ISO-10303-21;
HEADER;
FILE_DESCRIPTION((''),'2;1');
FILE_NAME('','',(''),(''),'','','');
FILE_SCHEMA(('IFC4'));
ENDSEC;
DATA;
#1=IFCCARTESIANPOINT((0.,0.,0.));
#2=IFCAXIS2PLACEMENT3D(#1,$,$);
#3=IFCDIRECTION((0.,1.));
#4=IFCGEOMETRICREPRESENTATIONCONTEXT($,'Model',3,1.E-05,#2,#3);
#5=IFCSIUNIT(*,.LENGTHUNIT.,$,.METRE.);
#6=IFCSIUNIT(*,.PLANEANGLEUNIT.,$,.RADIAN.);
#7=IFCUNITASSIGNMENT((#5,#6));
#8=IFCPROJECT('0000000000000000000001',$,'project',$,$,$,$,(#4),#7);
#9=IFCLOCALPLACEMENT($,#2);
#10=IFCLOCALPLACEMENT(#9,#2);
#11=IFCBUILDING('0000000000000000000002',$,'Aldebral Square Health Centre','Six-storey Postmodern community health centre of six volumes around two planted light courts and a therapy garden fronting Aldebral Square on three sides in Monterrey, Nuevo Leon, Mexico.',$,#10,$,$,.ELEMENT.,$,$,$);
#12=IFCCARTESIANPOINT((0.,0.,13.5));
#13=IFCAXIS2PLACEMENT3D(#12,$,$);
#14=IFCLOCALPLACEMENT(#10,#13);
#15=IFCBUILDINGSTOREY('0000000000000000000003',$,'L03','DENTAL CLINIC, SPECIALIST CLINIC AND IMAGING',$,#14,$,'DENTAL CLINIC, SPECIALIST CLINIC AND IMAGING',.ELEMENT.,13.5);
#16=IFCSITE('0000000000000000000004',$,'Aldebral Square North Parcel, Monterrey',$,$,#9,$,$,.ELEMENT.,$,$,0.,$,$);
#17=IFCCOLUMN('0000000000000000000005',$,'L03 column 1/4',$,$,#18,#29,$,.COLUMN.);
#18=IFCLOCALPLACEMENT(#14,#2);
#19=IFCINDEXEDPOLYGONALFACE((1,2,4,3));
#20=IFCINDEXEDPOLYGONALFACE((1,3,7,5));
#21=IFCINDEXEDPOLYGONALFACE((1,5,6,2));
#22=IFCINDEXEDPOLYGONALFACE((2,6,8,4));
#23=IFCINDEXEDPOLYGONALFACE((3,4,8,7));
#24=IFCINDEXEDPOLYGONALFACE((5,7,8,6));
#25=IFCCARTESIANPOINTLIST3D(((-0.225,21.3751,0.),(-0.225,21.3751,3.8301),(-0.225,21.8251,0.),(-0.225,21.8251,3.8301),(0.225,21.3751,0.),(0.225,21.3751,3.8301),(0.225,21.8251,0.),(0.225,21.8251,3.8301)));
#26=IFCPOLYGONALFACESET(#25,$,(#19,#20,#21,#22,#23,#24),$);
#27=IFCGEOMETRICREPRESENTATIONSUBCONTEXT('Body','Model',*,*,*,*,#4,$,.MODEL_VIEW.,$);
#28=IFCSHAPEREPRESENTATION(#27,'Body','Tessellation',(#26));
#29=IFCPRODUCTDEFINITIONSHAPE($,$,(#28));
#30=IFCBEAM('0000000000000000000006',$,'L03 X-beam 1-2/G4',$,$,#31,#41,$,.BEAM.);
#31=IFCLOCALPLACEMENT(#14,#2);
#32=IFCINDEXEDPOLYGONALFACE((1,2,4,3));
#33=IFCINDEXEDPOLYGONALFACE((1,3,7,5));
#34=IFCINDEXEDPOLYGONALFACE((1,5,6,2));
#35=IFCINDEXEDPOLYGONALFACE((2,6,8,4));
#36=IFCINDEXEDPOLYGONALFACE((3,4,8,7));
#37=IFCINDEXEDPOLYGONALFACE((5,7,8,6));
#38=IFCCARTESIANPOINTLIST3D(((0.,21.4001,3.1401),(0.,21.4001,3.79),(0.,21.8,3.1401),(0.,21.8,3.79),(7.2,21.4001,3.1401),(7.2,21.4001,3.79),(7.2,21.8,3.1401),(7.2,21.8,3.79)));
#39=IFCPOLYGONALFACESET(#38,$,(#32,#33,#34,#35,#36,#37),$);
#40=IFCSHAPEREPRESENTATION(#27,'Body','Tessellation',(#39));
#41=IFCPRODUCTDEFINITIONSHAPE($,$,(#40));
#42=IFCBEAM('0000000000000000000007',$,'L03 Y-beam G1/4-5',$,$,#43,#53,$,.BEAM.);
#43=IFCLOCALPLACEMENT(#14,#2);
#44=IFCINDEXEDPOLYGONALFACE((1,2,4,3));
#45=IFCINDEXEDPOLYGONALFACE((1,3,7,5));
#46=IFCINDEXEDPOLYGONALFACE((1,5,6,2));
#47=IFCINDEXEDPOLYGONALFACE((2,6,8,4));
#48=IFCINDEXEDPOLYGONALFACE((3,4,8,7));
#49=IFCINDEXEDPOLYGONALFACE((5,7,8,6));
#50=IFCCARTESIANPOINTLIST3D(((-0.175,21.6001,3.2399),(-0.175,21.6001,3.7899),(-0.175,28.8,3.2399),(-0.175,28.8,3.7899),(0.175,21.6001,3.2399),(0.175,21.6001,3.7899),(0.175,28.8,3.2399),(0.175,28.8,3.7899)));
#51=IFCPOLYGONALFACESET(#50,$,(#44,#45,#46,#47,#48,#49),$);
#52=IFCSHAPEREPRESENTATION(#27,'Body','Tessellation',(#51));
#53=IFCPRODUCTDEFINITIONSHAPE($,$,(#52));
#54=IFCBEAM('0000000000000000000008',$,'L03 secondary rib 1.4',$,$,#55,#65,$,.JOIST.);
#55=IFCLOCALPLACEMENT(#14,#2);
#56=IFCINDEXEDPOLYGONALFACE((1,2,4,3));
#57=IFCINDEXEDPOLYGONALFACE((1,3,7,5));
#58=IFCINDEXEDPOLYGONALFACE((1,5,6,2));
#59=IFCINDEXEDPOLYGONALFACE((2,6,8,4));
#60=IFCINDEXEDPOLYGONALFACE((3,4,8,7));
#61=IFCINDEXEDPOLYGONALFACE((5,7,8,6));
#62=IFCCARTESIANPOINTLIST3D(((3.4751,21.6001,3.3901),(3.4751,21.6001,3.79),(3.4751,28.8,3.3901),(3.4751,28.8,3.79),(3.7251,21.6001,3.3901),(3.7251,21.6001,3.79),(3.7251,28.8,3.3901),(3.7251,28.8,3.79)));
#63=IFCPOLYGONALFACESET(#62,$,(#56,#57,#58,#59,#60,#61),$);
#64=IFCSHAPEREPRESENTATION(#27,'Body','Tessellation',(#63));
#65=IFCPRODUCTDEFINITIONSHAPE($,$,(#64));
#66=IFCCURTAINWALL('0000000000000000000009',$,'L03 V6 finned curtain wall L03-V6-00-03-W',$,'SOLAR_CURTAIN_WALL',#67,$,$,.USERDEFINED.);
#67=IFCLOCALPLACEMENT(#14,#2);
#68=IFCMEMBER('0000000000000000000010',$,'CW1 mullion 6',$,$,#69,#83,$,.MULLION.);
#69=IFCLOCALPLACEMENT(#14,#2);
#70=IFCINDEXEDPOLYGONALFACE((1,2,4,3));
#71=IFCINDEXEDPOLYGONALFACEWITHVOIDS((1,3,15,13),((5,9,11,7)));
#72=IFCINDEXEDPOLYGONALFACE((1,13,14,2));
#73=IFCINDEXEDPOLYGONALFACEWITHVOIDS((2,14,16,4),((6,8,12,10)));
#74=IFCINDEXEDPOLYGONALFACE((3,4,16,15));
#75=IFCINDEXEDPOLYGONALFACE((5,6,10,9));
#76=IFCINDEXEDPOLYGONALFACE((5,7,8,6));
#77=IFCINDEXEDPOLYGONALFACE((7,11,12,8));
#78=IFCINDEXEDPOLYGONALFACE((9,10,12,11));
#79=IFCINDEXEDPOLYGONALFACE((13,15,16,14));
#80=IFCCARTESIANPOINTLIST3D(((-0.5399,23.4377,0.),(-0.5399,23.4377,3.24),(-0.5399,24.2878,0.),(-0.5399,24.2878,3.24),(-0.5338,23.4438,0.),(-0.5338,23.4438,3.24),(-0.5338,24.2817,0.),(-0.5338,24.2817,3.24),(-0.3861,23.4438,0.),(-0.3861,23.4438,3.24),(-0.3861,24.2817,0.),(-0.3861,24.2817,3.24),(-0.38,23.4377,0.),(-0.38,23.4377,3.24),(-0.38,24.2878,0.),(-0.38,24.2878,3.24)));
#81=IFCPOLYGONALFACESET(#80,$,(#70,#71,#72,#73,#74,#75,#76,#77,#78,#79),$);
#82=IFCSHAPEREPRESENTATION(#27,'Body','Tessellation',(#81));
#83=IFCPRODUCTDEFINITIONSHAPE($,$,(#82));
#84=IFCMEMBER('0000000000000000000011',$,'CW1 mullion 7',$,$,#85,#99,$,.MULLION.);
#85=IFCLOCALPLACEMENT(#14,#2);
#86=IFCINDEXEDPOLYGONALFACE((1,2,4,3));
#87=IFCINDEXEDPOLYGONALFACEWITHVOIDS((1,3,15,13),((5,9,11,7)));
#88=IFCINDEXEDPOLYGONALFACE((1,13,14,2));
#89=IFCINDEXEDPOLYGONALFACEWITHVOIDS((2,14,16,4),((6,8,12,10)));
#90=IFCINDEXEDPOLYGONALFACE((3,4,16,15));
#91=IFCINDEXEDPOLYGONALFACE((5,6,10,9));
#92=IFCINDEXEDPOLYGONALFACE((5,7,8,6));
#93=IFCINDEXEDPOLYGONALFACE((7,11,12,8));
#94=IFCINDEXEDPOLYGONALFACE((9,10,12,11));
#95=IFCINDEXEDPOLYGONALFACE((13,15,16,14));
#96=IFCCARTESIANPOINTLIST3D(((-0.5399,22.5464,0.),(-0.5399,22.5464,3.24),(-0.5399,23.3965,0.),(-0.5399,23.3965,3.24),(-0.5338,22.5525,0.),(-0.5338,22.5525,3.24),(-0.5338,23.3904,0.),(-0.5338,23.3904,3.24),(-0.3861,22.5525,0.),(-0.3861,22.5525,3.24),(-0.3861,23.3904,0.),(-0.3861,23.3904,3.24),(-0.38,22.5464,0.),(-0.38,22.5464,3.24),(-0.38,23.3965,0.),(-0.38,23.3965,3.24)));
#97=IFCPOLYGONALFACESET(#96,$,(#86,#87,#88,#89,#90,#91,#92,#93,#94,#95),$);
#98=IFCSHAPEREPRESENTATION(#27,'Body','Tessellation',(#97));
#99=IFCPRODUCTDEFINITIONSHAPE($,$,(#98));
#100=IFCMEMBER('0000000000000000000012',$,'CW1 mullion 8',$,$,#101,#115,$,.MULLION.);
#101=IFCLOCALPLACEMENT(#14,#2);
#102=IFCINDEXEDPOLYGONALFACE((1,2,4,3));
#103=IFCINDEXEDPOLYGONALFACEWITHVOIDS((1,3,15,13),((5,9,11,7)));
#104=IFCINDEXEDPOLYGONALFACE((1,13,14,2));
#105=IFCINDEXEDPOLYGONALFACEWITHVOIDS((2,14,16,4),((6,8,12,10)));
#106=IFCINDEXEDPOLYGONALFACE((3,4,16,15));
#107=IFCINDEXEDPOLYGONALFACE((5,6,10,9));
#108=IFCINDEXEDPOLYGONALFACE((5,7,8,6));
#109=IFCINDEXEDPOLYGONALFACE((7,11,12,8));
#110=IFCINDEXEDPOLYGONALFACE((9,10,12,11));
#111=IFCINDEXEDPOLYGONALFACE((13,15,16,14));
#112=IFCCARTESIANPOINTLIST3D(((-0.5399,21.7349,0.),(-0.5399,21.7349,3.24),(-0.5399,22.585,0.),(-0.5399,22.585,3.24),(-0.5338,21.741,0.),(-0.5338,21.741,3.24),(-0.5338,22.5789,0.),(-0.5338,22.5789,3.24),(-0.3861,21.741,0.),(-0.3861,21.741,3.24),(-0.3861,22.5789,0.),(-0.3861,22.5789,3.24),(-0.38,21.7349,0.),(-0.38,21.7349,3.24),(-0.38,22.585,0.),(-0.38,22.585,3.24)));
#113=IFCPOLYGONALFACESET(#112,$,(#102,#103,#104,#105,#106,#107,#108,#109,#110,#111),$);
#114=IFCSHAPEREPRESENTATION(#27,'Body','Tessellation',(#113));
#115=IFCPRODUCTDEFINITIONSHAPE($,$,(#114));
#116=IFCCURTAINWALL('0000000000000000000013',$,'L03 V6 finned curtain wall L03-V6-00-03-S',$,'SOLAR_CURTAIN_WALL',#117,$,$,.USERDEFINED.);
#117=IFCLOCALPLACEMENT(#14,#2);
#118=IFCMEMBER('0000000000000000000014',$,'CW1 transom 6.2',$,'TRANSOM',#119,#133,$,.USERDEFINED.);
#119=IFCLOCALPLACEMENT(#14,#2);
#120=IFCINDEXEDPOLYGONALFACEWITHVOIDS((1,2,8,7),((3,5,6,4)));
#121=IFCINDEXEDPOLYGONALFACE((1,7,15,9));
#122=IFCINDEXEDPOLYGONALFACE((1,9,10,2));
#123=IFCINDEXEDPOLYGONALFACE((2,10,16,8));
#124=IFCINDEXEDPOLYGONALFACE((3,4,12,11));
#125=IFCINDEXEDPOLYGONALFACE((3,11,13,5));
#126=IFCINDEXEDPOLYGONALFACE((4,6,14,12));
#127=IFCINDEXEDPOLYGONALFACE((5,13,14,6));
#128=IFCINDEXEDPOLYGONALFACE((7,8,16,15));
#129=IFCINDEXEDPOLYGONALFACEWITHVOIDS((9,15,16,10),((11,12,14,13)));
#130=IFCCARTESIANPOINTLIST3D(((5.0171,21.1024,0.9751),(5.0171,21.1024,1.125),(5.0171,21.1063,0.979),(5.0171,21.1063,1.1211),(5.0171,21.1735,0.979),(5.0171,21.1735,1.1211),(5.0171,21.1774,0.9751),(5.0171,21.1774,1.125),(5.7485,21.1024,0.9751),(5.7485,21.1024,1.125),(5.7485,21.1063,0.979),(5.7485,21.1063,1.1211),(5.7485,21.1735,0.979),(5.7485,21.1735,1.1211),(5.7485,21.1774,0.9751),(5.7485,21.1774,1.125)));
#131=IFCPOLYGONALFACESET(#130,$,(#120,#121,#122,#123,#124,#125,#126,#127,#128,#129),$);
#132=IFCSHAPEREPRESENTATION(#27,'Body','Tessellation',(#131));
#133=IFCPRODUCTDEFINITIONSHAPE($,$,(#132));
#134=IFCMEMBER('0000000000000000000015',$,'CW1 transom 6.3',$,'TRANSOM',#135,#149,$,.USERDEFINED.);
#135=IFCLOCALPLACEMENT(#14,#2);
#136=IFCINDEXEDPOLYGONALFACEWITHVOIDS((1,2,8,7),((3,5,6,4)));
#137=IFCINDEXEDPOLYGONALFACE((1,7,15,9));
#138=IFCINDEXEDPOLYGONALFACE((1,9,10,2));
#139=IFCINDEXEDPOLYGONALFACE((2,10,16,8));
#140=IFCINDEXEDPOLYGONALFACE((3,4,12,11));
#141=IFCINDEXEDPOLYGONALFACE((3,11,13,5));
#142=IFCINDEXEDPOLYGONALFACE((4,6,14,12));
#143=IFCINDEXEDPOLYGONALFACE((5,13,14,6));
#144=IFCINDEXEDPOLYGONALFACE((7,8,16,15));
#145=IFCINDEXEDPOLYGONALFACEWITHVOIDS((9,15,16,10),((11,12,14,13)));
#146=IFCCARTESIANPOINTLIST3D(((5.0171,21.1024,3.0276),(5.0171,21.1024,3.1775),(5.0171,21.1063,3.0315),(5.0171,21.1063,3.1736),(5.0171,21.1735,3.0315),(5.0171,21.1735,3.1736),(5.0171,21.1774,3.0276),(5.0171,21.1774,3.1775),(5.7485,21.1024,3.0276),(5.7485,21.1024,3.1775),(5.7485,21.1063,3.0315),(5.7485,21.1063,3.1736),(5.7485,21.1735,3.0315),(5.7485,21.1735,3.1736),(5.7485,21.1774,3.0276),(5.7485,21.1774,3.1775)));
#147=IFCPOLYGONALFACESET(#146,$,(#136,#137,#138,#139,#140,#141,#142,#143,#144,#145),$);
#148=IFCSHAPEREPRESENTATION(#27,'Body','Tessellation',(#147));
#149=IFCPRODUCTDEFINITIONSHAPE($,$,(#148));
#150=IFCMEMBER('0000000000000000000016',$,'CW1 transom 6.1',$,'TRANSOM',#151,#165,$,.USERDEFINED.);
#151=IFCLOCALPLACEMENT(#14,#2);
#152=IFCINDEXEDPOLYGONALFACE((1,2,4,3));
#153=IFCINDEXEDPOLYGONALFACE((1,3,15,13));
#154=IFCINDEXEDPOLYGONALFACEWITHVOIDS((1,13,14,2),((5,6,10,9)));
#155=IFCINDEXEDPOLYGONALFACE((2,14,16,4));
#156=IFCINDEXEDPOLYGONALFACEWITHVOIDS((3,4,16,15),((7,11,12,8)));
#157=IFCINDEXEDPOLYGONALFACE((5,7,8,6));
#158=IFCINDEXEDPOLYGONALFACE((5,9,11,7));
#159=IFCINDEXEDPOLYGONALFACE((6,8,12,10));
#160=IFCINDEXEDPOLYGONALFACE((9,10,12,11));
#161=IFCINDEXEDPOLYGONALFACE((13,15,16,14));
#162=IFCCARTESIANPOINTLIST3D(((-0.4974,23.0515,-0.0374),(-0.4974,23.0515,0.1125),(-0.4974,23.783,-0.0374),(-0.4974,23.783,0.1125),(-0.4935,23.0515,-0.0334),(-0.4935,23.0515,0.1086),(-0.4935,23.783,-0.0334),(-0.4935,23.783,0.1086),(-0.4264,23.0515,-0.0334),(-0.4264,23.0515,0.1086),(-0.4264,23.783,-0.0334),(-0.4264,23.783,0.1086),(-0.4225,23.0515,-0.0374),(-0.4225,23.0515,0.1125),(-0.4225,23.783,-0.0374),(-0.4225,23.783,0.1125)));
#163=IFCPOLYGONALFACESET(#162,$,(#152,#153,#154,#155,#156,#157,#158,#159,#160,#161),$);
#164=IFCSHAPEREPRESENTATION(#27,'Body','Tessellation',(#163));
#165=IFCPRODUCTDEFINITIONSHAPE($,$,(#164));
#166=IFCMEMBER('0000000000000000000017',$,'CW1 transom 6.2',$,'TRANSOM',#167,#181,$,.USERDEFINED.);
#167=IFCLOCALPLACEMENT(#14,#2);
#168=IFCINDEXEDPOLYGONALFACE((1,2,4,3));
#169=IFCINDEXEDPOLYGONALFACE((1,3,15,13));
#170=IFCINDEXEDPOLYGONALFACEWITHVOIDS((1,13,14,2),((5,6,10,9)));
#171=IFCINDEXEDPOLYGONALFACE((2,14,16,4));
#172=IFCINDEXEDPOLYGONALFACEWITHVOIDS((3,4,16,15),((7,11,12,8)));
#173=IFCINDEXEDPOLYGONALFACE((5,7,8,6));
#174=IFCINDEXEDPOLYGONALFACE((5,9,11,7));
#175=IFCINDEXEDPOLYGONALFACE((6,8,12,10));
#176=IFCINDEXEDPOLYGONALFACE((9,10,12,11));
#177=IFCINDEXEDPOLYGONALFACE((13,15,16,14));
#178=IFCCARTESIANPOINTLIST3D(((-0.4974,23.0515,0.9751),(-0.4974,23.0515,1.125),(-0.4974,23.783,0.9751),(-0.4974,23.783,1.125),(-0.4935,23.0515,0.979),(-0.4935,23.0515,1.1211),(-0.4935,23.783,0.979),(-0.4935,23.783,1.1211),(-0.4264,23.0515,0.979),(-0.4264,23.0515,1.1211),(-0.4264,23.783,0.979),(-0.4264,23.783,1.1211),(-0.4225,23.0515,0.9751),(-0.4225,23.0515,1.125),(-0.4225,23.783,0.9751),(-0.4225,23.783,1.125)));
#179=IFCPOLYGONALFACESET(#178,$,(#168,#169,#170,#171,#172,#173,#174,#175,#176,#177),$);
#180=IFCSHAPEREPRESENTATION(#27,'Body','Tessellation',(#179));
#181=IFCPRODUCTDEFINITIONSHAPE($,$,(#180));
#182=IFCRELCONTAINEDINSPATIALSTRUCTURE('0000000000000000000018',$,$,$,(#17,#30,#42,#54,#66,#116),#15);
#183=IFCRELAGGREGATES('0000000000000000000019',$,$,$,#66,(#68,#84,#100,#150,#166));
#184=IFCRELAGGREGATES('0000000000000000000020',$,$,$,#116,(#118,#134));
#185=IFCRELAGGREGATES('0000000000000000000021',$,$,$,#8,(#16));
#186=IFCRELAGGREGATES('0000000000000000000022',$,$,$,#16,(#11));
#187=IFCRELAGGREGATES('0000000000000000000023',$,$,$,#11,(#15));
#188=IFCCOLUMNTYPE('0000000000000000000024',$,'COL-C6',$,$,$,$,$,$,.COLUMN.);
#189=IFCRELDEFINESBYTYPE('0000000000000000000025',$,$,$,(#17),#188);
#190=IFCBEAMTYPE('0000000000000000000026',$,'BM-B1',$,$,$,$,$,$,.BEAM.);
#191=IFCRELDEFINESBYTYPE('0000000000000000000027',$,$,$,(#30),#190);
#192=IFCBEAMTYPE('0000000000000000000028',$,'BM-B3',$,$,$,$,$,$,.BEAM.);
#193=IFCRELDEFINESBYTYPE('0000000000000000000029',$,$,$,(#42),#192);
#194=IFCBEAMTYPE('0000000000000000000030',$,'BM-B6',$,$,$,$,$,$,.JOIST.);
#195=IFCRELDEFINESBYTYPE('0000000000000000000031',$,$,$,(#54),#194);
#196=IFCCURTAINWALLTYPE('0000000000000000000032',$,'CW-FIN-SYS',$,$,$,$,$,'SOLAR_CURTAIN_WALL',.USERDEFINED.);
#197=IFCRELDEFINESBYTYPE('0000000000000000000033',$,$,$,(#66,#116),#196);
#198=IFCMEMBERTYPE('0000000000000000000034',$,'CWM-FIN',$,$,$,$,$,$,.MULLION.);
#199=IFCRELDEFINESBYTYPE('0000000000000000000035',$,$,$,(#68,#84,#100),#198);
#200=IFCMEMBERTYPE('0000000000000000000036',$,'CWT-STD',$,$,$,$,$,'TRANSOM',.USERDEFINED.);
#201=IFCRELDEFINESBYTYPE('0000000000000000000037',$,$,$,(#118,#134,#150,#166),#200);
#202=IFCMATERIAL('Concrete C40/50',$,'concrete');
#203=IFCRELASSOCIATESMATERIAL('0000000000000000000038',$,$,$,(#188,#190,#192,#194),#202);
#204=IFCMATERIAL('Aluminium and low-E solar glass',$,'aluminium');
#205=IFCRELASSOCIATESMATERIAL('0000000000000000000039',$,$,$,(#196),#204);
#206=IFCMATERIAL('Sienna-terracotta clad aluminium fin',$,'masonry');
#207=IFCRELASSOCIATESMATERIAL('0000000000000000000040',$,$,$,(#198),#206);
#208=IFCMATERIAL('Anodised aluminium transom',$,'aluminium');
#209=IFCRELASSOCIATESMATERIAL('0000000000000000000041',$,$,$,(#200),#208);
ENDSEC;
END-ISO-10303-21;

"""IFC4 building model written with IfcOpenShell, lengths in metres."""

from ifc_helpers import new_model, si_unit, direction, frame, origin, origin_2d, place, context, subcontext, project, spatial, rectangle, hollow_rectangle, extrude, material, material_profile, profile_set, type_object, element, aggregate, save


model = new_model("IFC4")

# Units and contexts
model_context = context("Model", 3, precision=1e-05, world=origin(), true_north=direction((0.0, 1.0)))
body_context = subcontext(model_context, "Body", "Model", "MODEL_VIEW")
ifc_project = project(units=[si_unit("LENGTHUNIT", "METRE"), si_unit("PLANEANGLEUNIT", "RADIAN")], contexts=[model_context])

# Site, building, storey
site_placement = place(None, origin())
site = spatial("IfcSite", under=ifc_project, at=site_placement, Name="Aldebral Square North Parcel, Monterrey", CompositionType="ELEMENT", RefElevation=0.0)
building_placement = place(site_placement, origin())
building = spatial("IfcBuilding", under=site, at=building_placement, Name="Aldebral Square Health Centre", Description="Six-storey Postmodern community health centre of six volumes around two planted light courts and a therapy garden fronting Aldebral Square on three sides in Monterrey, Nuevo Leon, Mexico.", CompositionType="ELEMENT")
storey_placement = place(building_placement, frame((0.0, 0.0, 13.5)))
storey = spatial("IfcBuildingStorey", under=building, at=storey_placement, Name="L03", Description="DENTAL CLINIC, SPECIALIST CLINIC AND IMAGING", LongName="DENTAL CLINIC, SPECIALIST CLINIC AND IMAGING", CompositionType="ELEMENT", Elevation=13.5)

# Column
ifc_material_1 = material(Name="Concrete C40/50", Category="concrete")
ifc_material_profile_1 = material_profile(ifc_material_1, rectangle(XDim=0.45, YDim=0.45, at=origin_2d()), Name="RC 450x450")
ifc_profile_set_1 = profile_set([ifc_material_profile_1], Name="Concrete C40/50")
column_type = type_object("IfcColumnType", Name="COL-C6", PredefinedType="COLUMN", material=ifc_profile_set_1)
column_placement = place(storey_placement, frame((0.0, 21.6001, 0.0), z_axis=(0.0, 0.0, 1.0), x_axis=(1.0, 0.0, 0.0)))
element("IfcColumn", 1, at=column_placement, inside=storey, type_object=column_type, Name="L03 column 1/4", PredefinedType="COLUMN", context=body_context, shape_type="SweptSolid", body=[
    extrude(rectangle(XDim=0.45, YDim=0.45, at=origin_2d()), origin(), (0.0, 0.0, 1.0), 3.8301),
])

# Beams
ifc_material_profile_2 = material_profile(ifc_material_1, rectangle(XDim=0.3999, YDim=0.6499, at=origin_2d()), Name="RC 400x650")
ifc_profile_set_2 = profile_set([ifc_material_profile_2], Name="Concrete C40/50")
beam_type_1 = type_object("IfcBeamType", Name="BM-B1", PredefinedType="BEAM", material=ifc_profile_set_2)
beam_1_placement = place(storey_placement, frame((0.0, 21.6001, 3.4651), z_axis=(1.0, 0.0, 0.0), x_axis=(0.0, 1.0, 0.0)))
element("IfcBeam", 2, at=beam_1_placement, inside=storey, type_object=beam_type_1, Name="L03 X-beam 1-2/G4", PredefinedType="BEAM", context=body_context, shape_type="SweptSolid", body=[
    extrude(rectangle(XDim=0.3999, YDim=0.6499, at=origin_2d()), origin(), (0.0, 0.0, 1.0), 7.2),
])
ifc_material_profile_3 = material_profile(ifc_material_1, rectangle(XDim=0.3501, YDim=0.55, at=origin_2d()), Name="RC 350x550")
ifc_profile_set_3 = profile_set([ifc_material_profile_3], Name="Concrete C40/50")
beam_type_2 = type_object("IfcBeamType", Name="BM-B3", PredefinedType="BEAM", material=ifc_profile_set_3)
beam_2_placement = place(storey_placement, frame((0.0, 21.6001, 3.5149), z_axis=(0.0, 1.0, 0.0), x_axis=(-1.0, 0.0, 0.0)))
element("IfcBeam", 3, at=beam_2_placement, inside=storey, type_object=beam_type_2, Name="L03 Y-beam G1/4-5", PredefinedType="BEAM", context=body_context, shape_type="SweptSolid", body=[
    extrude(rectangle(XDim=0.3501, YDim=0.55, at=origin_2d()), origin(), (0.0, 0.0, 1.0), 7.2),
])
ifc_material_profile_4 = material_profile(ifc_material_1, rectangle(XDim=0.25, YDim=0.3999, at=origin_2d()), Name="RC 250x400")
ifc_profile_set_4 = profile_set([ifc_material_profile_4], Name="Concrete C40/50")
beam_type_3 = type_object("IfcBeamType", Name="BM-B6", PredefinedType="JOIST", material=ifc_profile_set_4)
beam_3_placement = place(storey_placement, frame((3.6001, 21.6001, 3.5901), z_axis=(0.0, 1.0, 0.0), x_axis=(-1.0, 0.0, 0.0)))
element("IfcBeam", 4, at=beam_3_placement, inside=storey, type_object=beam_type_3, Name="L03 secondary rib 1.4", PredefinedType="JOIST", context=body_context, shape_type="SweptSolid", body=[
    extrude(rectangle(XDim=0.25, YDim=0.3999, at=origin_2d()), origin(), (0.0, 0.0, 1.0), 7.2),
])

# Curtain walls, members
ifc_material_2 = material(Name="Aluminium and low-E solar glass", Category="aluminium")
curtain_wall_type = type_object("IfcCurtainWallType", Name="CW-FIN-SYS", ElementType="SOLAR_CURTAIN_WALL", PredefinedType="USERDEFINED", material=ifc_material_2)
curtain_wall_1_placement = place(storey_placement, origin())
curtain_wall_1 = element("IfcCurtainWall", 5, at=curtain_wall_1_placement, inside=storey, type_object=curtain_wall_type, Name="L03 V6 finned curtain wall L03-V6-00-03-W", ObjectType="SOLAR_CURTAIN_WALL", PredefinedType="USERDEFINED")
ifc_material_3 = material(Name="Sienna-terracotta clad aluminium fin", Category="masonry")
ifc_material_profile_5 = material_profile(ifc_material_3, hollow_rectangle(XDim=0.1599, YDim=0.8501, WallThickness=0.0061, at=origin_2d()), Name="FIN 160x850x6")
ifc_profile_set_5 = profile_set([ifc_material_profile_5], Name="Sienna-terracotta clad aluminium fin")
member_type_1 = type_object("IfcMemberType", Name="CWM-FIN", PredefinedType="MULLION", material=ifc_profile_set_5)
member_1_placement = place(storey_placement, frame((-0.46, 23.8628, 0.0), z_axis=(0.0, 0.0, 1.0), x_axis=(1.0, 0.0, 0.0)))
member_1 = element("IfcMember", 6, at=member_1_placement, type_object=member_type_1, Name="CW1 mullion 6", PredefinedType="MULLION", context=body_context, shape_type="SweptSolid", body=[
    extrude(hollow_rectangle(XDim=0.1599, YDim=0.8501, WallThickness=0.0061, at=origin_2d()), origin(), (0.0, 0.0, 1.0), 3.24),
])
member_2_placement = place(storey_placement, frame((-0.46, 22.9714, 0.0), z_axis=(0.0, 0.0, 1.0), x_axis=(1.0, 0.0, 0.0)))
member_2 = element("IfcMember", 7, at=member_2_placement, type_object=member_type_1, Name="CW1 mullion 7", PredefinedType="MULLION", context=body_context, shape_type="SweptSolid", body=[
    extrude(hollow_rectangle(XDim=0.1599, YDim=0.8501, WallThickness=0.0061, at=origin_2d()), origin(), (0.0, 0.0, 1.0), 3.24),
])
member_3_placement = place(storey_placement, frame((-0.46, 22.1599, 0.0), z_axis=(0.0, 0.0, 1.0), x_axis=(1.0, 0.0, 0.0)))
member_3 = element("IfcMember", 8, at=member_3_placement, type_object=member_type_1, Name="CW1 mullion 8", PredefinedType="MULLION", context=body_context, shape_type="SweptSolid", body=[
    extrude(hollow_rectangle(XDim=0.1599, YDim=0.8501, WallThickness=0.0061, at=origin_2d()), origin(), (0.0, 0.0, 1.0), 3.24),
])
curtain_wall_2_placement = place(storey_placement, origin())
curtain_wall_2 = element("IfcCurtainWall", 9, at=curtain_wall_2_placement, inside=storey, type_object=curtain_wall_type, Name="L03 V6 finned curtain wall L03-V6-00-03-S", ObjectType="SOLAR_CURTAIN_WALL", PredefinedType="USERDEFINED")
ifc_material_4 = material(Name="Anodised aluminium transom", Category="aluminium")
ifc_material_profile_6 = material_profile(ifc_material_4, hollow_rectangle(XDim=0.075, YDim=0.1499, WallThickness=0.0039, at=origin_2d()), Name="CWT 75x150x4")
ifc_profile_set_6 = profile_set([ifc_material_profile_6], Name="Anodised aluminium transom")
member_type_2 = type_object("IfcMemberType", Name="CWT-STD", ElementType="TRANSOM", PredefinedType="USERDEFINED", material=ifc_profile_set_6)
member_4_placement = place(storey_placement, frame((5.0171, 21.1399, 1.05), z_axis=(1.0, 0.0, 0.0), x_axis=(0.0, 1.0, 0.0)))
member_4 = element("IfcMember", 10, at=member_4_placement, type_object=member_type_2, Name="CW1 transom 6.2", ObjectType="TRANSOM", PredefinedType="USERDEFINED", context=body_context, shape_type="SweptSolid", body=[
    extrude(hollow_rectangle(XDim=0.075, YDim=0.1499, WallThickness=0.0039, at=origin_2d()), origin(), (0.0, 0.0, 1.0), 0.7314),
])
member_5_placement = place(storey_placement, frame((5.0171, 21.1399, 3.1025), z_axis=(1.0, 0.0, 0.0), x_axis=(0.0, 1.0, 0.0)))
member_5 = element("IfcMember", 11, at=member_5_placement, type_object=member_type_2, Name="CW1 transom 6.3", ObjectType="TRANSOM", PredefinedType="USERDEFINED", context=body_context, shape_type="SweptSolid", body=[
    extrude(hollow_rectangle(XDim=0.075, YDim=0.1499, WallThickness=0.0039, at=origin_2d()), origin(), (0.0, 0.0, 1.0), 0.7314),
])

# Members
member_6_placement = place(storey_placement, frame((-0.46, 23.783, 0.0376), z_axis=(0.0, -1.0, 0.0), x_axis=(1.0, 0.0, 0.0)))
member_6 = element("IfcMember", 12, at=member_6_placement, type_object=member_type_2, Name="CW1 transom 6.1", ObjectType="TRANSOM", PredefinedType="USERDEFINED", context=body_context, shape_type="SweptSolid", body=[
    extrude(hollow_rectangle(XDim=0.075, YDim=0.1499, WallThickness=0.0039, at=origin_2d()), origin(), (0.0, 0.0, 1.0), 0.7314),
])
member_7_placement = place(storey_placement, frame((-0.46, 23.783, 1.05), z_axis=(0.0, -1.0, 0.0), x_axis=(1.0, 0.0, 0.0)))
member_7 = element("IfcMember", 13, at=member_7_placement, type_object=member_type_2, Name="CW1 transom 6.2", ObjectType="TRANSOM", PredefinedType="USERDEFINED", context=body_context, shape_type="SweptSolid", body=[
    extrude(hollow_rectangle(XDim=0.075, YDim=0.1499, WallThickness=0.0039, at=origin_2d()), origin(), (0.0, 0.0, 1.0), 0.7314),
])

aggregate(curtain_wall_1, [member_1, member_2, member_3, member_6, member_7])
aggregate(curtain_wall_2, [member_4, member_5])

save(model, "model.ifc")
